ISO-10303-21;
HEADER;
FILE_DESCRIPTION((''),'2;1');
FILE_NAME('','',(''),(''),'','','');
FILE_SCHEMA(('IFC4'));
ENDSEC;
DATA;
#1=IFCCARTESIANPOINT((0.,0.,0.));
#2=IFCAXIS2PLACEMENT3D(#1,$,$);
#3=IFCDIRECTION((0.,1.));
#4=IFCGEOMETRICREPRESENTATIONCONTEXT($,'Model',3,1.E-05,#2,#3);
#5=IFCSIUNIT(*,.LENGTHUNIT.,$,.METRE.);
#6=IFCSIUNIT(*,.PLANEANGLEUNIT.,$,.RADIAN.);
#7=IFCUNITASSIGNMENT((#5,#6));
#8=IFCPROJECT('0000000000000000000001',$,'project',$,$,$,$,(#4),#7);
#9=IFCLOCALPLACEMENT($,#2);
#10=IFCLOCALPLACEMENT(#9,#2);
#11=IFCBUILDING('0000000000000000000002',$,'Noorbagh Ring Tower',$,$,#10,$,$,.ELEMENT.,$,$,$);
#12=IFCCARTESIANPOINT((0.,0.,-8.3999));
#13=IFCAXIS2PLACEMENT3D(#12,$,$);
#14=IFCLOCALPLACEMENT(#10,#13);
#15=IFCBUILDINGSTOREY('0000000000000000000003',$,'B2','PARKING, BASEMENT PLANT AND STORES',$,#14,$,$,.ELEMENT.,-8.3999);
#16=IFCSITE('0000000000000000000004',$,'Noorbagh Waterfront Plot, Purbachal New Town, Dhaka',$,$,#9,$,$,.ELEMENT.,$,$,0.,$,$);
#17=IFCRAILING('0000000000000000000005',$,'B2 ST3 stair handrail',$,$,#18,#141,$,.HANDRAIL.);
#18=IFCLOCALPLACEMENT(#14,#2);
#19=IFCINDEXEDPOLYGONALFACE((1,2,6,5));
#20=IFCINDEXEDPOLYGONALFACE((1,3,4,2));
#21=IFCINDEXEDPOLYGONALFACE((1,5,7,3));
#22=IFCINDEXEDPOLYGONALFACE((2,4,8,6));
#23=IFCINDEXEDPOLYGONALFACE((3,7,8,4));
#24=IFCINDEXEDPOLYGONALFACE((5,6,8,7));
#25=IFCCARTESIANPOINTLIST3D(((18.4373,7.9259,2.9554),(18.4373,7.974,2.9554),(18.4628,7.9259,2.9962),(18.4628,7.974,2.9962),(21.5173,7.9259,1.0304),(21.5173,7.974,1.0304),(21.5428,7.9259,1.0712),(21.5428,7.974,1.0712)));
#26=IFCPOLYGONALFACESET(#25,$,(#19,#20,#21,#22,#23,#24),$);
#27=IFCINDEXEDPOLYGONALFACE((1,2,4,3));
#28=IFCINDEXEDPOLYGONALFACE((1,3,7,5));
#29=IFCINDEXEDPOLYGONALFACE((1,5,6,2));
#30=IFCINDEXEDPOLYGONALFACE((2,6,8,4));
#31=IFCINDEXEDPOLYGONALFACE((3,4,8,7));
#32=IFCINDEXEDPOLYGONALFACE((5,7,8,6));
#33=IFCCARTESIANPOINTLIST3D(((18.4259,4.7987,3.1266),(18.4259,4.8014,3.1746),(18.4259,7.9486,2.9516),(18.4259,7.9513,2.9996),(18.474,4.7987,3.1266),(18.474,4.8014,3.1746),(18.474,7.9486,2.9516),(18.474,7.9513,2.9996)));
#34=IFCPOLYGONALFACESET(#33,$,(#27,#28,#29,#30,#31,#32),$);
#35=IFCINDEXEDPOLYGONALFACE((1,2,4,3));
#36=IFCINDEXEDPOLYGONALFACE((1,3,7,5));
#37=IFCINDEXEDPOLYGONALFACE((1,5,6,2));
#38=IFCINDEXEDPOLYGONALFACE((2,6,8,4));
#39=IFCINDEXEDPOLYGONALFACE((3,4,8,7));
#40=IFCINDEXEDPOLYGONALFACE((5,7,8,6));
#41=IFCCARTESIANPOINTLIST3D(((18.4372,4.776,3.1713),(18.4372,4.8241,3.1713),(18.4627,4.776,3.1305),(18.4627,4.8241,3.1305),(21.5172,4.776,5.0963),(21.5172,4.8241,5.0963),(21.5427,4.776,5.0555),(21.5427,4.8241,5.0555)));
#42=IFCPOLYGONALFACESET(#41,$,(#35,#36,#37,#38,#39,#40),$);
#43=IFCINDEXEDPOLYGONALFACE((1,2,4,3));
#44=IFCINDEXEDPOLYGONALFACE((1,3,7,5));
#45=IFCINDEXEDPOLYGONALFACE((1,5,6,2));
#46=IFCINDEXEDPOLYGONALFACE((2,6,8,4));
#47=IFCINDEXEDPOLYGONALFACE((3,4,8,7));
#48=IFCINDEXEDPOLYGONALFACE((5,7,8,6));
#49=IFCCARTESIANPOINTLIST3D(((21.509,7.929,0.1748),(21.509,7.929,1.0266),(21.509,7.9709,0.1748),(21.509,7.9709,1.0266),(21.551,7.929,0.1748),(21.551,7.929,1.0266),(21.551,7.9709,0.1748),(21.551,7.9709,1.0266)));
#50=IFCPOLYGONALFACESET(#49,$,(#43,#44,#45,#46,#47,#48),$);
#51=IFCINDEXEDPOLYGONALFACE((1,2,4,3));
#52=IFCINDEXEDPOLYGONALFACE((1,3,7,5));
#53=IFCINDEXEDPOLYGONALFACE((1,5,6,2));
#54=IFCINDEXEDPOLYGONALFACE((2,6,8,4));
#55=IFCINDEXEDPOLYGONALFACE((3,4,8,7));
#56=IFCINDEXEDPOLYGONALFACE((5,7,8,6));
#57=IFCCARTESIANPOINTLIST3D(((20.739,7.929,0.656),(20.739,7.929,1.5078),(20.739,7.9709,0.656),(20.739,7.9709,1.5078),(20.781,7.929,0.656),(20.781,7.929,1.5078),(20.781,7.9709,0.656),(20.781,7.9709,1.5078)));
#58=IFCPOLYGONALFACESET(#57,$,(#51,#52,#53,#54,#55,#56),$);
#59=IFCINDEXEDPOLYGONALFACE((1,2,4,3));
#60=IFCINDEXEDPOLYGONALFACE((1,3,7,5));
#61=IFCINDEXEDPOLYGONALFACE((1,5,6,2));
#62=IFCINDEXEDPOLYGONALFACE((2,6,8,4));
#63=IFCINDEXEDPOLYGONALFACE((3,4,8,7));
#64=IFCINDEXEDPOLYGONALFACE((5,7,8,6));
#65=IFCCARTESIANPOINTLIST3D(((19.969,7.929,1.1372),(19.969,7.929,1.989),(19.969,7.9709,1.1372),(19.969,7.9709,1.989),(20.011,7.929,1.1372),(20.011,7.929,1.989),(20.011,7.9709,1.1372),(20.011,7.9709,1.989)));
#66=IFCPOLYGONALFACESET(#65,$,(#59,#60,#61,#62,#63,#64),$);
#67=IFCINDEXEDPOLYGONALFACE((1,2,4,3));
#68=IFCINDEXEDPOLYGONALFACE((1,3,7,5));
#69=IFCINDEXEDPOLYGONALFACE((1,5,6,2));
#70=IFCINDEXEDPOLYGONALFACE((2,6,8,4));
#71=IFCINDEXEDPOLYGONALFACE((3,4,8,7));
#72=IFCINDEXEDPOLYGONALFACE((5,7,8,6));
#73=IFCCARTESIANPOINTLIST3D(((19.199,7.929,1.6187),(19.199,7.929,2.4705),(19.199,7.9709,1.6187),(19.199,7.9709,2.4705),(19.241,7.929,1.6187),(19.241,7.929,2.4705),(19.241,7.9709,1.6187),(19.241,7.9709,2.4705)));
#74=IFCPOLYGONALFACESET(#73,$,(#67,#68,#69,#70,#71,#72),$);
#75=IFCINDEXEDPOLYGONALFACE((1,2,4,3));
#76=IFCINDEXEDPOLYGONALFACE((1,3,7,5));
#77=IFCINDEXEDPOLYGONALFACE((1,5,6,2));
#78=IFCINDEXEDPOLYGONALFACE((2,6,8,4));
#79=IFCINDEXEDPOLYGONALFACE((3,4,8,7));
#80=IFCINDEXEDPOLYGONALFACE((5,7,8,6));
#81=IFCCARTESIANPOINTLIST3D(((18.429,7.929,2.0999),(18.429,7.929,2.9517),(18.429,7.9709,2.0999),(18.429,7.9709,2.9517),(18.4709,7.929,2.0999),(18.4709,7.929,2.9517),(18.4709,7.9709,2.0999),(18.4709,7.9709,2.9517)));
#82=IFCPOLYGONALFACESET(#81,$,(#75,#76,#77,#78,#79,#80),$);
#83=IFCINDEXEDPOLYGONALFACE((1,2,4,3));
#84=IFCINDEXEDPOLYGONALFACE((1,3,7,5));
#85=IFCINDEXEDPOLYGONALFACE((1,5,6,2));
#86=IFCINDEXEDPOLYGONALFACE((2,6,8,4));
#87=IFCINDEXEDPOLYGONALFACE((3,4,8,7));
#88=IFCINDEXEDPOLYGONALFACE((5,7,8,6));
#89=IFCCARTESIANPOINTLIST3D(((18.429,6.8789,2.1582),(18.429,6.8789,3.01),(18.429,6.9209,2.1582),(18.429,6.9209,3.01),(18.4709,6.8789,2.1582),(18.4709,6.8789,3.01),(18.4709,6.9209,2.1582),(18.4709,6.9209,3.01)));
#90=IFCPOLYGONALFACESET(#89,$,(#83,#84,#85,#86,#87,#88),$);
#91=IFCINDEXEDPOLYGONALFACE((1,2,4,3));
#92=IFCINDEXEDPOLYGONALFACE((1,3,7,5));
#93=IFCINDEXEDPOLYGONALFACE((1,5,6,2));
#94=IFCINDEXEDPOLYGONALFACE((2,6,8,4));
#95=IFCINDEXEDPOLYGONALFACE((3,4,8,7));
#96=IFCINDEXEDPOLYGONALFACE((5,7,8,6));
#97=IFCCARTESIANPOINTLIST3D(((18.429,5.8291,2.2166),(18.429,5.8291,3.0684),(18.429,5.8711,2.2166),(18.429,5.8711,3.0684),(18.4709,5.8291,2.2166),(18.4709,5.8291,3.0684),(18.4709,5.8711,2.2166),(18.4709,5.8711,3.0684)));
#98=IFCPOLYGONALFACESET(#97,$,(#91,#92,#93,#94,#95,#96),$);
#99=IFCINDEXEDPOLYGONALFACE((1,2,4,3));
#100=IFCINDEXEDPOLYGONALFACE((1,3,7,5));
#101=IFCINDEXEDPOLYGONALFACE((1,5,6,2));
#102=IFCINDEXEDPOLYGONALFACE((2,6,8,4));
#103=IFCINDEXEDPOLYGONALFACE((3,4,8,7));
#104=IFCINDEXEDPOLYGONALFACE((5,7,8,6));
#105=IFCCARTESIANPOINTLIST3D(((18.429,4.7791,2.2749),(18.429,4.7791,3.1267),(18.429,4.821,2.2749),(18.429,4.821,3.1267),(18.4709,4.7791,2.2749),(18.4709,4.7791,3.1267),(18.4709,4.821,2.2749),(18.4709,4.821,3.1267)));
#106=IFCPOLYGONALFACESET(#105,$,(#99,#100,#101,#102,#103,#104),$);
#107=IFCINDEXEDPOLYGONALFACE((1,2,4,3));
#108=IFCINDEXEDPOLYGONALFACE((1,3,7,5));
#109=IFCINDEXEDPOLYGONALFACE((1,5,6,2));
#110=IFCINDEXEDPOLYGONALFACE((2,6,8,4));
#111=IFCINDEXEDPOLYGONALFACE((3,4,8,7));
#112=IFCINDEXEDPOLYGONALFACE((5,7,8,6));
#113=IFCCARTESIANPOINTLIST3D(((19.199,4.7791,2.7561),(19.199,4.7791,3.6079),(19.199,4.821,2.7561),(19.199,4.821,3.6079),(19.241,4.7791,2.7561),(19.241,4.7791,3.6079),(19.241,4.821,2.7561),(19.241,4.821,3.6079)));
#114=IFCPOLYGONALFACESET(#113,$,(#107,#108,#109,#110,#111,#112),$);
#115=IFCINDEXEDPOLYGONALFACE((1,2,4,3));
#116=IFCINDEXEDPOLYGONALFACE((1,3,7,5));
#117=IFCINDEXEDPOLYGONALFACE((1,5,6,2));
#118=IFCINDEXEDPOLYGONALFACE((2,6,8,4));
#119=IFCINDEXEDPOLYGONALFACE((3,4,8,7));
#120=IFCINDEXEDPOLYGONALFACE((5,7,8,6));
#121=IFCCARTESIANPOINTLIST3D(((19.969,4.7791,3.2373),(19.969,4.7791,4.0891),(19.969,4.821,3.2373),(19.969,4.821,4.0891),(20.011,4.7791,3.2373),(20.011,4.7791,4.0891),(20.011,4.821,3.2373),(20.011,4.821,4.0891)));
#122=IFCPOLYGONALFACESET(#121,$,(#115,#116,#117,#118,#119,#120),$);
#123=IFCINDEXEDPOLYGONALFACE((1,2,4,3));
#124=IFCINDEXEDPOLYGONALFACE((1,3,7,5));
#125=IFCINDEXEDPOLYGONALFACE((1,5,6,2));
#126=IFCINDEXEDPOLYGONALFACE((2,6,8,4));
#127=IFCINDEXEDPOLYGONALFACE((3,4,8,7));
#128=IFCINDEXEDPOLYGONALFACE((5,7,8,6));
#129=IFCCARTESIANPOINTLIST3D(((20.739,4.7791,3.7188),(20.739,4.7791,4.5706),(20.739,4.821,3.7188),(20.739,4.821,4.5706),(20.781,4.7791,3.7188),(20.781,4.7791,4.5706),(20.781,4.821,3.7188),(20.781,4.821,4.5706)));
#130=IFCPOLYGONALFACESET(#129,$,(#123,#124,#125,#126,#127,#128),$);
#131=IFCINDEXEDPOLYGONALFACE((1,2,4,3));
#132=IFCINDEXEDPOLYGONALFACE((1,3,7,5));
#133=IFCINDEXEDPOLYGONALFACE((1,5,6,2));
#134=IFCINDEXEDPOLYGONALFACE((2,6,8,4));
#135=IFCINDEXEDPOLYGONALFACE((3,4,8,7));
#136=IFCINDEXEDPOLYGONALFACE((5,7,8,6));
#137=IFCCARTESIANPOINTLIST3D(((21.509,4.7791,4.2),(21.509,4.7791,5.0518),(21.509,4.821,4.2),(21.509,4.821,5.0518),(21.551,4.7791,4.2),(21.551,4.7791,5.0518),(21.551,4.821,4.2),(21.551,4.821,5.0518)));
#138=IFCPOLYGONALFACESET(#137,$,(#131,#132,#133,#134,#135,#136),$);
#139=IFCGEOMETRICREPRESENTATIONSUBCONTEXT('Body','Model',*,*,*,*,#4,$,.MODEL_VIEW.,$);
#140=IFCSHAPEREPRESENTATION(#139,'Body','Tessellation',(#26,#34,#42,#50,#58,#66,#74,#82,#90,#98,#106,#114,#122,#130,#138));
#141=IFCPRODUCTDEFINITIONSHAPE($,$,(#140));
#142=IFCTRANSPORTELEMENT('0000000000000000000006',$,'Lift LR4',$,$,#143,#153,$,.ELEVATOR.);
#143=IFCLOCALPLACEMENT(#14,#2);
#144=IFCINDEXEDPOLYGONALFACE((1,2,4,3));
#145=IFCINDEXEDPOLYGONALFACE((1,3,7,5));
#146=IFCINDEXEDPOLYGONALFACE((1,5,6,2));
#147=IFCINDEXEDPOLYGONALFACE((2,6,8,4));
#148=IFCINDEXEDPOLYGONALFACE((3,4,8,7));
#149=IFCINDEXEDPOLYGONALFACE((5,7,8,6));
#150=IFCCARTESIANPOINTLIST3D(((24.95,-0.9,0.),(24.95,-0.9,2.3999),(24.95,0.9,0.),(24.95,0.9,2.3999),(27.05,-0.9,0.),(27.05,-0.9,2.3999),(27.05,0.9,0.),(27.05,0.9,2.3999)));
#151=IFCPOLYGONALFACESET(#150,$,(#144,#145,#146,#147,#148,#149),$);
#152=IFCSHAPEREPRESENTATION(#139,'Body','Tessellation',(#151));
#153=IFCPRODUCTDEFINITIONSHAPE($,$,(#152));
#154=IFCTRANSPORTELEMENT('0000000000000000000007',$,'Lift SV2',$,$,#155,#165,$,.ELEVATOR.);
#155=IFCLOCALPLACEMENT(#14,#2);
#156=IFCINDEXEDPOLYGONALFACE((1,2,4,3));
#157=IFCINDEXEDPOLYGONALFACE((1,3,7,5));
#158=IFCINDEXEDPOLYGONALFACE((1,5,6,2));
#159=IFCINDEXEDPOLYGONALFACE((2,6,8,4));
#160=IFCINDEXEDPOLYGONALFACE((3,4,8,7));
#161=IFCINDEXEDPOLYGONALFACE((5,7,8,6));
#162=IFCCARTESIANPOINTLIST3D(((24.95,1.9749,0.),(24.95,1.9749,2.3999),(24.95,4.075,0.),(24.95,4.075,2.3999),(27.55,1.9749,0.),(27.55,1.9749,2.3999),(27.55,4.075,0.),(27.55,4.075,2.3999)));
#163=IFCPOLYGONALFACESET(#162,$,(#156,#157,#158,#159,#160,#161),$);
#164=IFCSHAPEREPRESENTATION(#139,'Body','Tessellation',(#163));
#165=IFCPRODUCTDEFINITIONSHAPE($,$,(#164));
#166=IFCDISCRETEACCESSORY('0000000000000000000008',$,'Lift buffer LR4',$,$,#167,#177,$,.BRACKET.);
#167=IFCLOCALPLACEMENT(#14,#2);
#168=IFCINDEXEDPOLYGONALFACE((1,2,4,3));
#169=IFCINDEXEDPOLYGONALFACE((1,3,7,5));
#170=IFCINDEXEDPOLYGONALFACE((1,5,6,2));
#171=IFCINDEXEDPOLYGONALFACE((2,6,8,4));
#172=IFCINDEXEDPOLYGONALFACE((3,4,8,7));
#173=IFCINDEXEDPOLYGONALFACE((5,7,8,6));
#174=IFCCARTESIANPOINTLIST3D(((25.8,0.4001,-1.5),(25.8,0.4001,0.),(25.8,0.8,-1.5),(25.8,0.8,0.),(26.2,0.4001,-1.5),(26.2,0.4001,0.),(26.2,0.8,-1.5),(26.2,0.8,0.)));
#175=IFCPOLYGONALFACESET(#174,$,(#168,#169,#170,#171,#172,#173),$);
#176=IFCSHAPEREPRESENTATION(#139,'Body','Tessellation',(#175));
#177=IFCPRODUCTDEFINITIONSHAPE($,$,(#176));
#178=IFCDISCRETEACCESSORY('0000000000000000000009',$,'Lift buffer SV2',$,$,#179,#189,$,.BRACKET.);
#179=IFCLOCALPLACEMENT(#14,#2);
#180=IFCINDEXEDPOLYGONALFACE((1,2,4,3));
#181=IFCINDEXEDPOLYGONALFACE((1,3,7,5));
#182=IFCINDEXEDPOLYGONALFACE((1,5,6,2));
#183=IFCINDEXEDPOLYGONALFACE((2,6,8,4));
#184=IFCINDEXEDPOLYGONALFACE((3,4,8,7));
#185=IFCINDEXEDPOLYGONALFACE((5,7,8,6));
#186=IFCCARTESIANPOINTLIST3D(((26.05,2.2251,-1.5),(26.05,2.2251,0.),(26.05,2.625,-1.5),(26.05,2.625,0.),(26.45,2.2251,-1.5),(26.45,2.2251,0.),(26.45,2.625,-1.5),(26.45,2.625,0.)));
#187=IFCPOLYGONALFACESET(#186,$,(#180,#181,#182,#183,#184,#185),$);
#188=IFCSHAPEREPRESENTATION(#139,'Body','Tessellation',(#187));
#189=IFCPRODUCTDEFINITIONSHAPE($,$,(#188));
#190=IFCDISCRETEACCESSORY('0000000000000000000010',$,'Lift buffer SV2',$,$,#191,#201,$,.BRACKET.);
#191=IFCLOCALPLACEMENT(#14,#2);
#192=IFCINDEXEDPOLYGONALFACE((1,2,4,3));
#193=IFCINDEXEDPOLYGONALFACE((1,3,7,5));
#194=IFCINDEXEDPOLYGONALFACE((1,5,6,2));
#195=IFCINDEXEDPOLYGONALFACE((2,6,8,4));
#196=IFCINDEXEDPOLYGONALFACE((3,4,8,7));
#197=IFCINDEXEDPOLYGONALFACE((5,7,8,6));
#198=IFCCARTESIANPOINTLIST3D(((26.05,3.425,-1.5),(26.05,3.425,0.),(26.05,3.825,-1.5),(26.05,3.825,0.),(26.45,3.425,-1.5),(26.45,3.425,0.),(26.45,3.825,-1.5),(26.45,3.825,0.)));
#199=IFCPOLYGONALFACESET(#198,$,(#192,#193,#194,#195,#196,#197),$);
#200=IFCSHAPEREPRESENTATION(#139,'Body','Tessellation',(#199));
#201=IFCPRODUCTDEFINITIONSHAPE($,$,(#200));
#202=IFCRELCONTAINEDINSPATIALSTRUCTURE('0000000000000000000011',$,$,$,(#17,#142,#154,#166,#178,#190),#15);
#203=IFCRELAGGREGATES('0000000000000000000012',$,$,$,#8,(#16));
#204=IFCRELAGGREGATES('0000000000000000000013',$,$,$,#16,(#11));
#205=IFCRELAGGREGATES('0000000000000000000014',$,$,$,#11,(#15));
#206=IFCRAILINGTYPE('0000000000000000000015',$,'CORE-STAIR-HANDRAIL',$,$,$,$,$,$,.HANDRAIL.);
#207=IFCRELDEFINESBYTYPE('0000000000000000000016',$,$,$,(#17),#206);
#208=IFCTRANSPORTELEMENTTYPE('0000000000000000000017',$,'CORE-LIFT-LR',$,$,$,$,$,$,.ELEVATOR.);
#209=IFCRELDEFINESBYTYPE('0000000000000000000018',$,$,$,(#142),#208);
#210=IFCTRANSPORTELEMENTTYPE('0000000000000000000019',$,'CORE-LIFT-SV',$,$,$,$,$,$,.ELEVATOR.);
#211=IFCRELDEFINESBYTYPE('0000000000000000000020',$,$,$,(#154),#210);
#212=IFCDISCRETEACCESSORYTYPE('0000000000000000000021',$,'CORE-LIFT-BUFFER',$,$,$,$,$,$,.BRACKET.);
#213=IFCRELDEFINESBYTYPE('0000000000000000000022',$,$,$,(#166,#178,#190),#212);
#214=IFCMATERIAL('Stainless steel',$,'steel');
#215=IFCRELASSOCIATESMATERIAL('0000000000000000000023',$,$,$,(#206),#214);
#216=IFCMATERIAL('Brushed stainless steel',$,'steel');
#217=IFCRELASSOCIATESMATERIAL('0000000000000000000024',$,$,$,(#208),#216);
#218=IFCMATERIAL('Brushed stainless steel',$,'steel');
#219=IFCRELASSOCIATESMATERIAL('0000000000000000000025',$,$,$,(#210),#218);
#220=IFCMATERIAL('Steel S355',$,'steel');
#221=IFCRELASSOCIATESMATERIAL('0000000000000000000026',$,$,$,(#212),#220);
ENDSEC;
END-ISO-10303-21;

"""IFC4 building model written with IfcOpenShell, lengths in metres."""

from ifc_helpers import new_model, si_unit, direction, frame, origin, origin_2d, place, context, subcontext, project, spatial, rectangle, extrude, material, type_object, element, save


model = new_model("IFC4")

# Units and contexts
model_context = context("Model", 3, precision=1e-05, world=origin(), true_north=direction((0.0, 1.0)))
body_context = subcontext(model_context, "Body", "Model", "MODEL_VIEW")
ifc_project = project(units=[si_unit("LENGTHUNIT", "METRE"), si_unit("PLANEANGLEUNIT", "RADIAN")], contexts=[model_context])

# Site, building, storey
site_placement = place(None, origin())
site = spatial("IfcSite", under=ifc_project, at=site_placement, Name="Noorbagh Waterfront Plot, Purbachal New Town, Dhaka", CompositionType="ELEMENT", RefElevation=0.0)
building_placement = place(site_placement, origin())
building = spatial("IfcBuilding", under=site, at=building_placement, Name="Noorbagh Ring Tower", CompositionType="ELEMENT")
storey_placement = place(building_placement, frame((0.0, 0.0, -8.3999)))
storey = spatial("IfcBuildingStorey", under=building, at=storey_placement, Name="B2", Description="PARKING, BASEMENT PLANT AND STORES", CompositionType="ELEMENT", Elevation=-8.3999)

# Railing
ifc_material_1 = material(Name="Stainless steel", Category="steel")
railing_type_1 = type_object("IfcRailingType", Name="CORE-STAIR-HANDRAIL", PredefinedType="HANDRAIL", material=ifc_material_1)
railing_1_placement = place(storey_placement, frame((21.53, 7.95, 0.1748)))
element("IfcRailing", 1, at=railing_1_placement, inside=storey, type_object=railing_type_1, Name="B2 ST3 stair handrail", PredefinedType="HANDRAIL", context=body_context, shape_type="SweptSolid", body=[
    extrude(rectangle(XDim=0.0481, YDim=0.0481, at=origin_2d()), frame((0.0, 0.0, 0.876), z_axis=(-0.847998, 0.0, 0.529999), x_axis=(0.0, -1.0, 0.0)), (0.0, 0.0, 1.0), 3.6321),
    extrude(rectangle(XDim=0.0481, YDim=0.0481, at=origin_2d()), frame((-3.0801, 0.0, 2.8008), z_axis=(0.0, -0.998459, 0.055487), x_axis=(1.0, 0.0, 0.0)), (0.0, 0.0, 1.0), 3.1548),
    extrude(rectangle(XDim=0.0481, YDim=0.0481, at=origin_2d()), frame((-3.0801, -3.1499, 2.9761), z_axis=(0.847998, 0.0, 0.529999), x_axis=(0.0, 1.0, 0.0)), (0.0, 0.0, 1.0), 3.6321),
    extrude(rectangle(XDim=0.042, YDim=0.042, at=origin_2d()), origin(), (0.0, 0.0, 1.0), 0.8518),
    extrude(rectangle(XDim=0.042, YDim=0.042, at=origin_2d()), frame((-0.77, 0.0, 0.4812)), (0.0, 0.0, 1.0), 0.8518),
    extrude(rectangle(XDim=0.042, YDim=0.042, at=origin_2d()), frame((-1.54, 0.0, 0.9624)), (0.0, 0.0, 1.0), 0.8518),
    extrude(rectangle(XDim=0.042, YDim=0.042, at=origin_2d()), frame((-2.3101, 0.0, 1.4438)), (0.0, 0.0, 1.0), 0.8518),
    extrude(rectangle(XDim=0.042, YDim=0.042, at=origin_2d()), frame((-3.0801, 0.0, 1.925)), (0.0, 0.0, 1.0), 0.8518),
    extrude(rectangle(XDim=0.042, YDim=0.042, at=origin_2d()), frame((-3.0801, -1.05, 1.9834)), (0.0, 0.0, 1.0), 0.8518),
    extrude(rectangle(XDim=0.042, YDim=0.042, at=origin_2d()), frame((-3.0801, -2.0999, 2.0417)), (0.0, 0.0, 1.0), 0.8518),
    extrude(rectangle(XDim=0.042, YDim=0.042, at=origin_2d()), frame((-3.0801, -3.1499, 2.1001)), (0.0, 0.0, 1.0), 0.8518),
    extrude(rectangle(XDim=0.042, YDim=0.042, at=origin_2d()), frame((-2.3101, -3.1499, 2.5813)), (0.0, 0.0, 1.0), 0.8518),
    extrude(rectangle(XDim=0.042, YDim=0.042, at=origin_2d()), frame((-1.54, -3.1499, 3.0625)), (0.0, 0.0, 1.0), 0.8518),
    extrude(rectangle(XDim=0.042, YDim=0.042, at=origin_2d()), frame((-0.77, -3.1499, 3.5439)), (0.0, 0.0, 1.0), 0.8518),
    extrude(rectangle(XDim=0.042, YDim=0.042, at=origin_2d()), frame((0.0, -3.1499, 4.0251)), (0.0, 0.0, 1.0), 0.8518),
])

# Transport elements
ifc_material_2 = material(Name="Brushed stainless steel", Category="steel")
transport_element_type_1 = type_object("IfcTransportElementType", Name="CORE-LIFT-LR", PredefinedType="ELEVATOR", material=ifc_material_2)
transport_element_1_placement = place(storey_placement, frame((26.0, 0.0, 0.0), z_axis=(0.0, 0.0, 1.0), x_axis=(1.0, 0.0, 0.0)))
element("IfcTransportElement", 2, at=transport_element_1_placement, inside=storey, type_object=transport_element_type_1, Name="Lift LR4", PredefinedType="ELEVATOR", context=body_context, shape_type="SweptSolid", body=[
    extrude(rectangle(XDim=2.1001, YDim=1.8, at=origin_2d()), origin(), (0.0, 0.0, 1.0), 2.3999),
])
ifc_material_3 = material(Name="Brushed stainless steel", Category="steel")
transport_element_type_2 = type_object("IfcTransportElementType", Name="CORE-LIFT-SV", PredefinedType="ELEVATOR", material=ifc_material_3)
transport_element_2_placement = place(storey_placement, frame((26.25, 3.0249, 0.0), z_axis=(0.0, 0.0, 1.0), x_axis=(1.0, 0.0, 0.0)))
element("IfcTransportElement", 3, at=transport_element_2_placement, inside=storey, type_object=transport_element_type_2, Name="Lift SV2", PredefinedType="ELEVATOR", context=body_context, shape_type="SweptSolid", body=[
    extrude(rectangle(XDim=2.6001, YDim=2.1001, at=origin_2d()), origin(), (0.0, 0.0, 1.0), 2.3999),
])

# Discrete accessories
ifc_material_4 = material(Name="Steel S355", Category="steel")
discrete_accessory_type = type_object("IfcDiscreteAccessoryType", Name="CORE-LIFT-BUFFER", PredefinedType="BRACKET", material=ifc_material_4)
for number, where, z_axis, x_axis, name in (
    (4, (26.0, 0.6001, -1.5), (0.0, 0.0, 1.0), (1.0, 0.0, 0.0), "Lift buffer LR4"),
    (5, (26.25, 2.425, -1.5), (0.0, 0.0, 1.0), (1.0, 0.0, 0.0), "Lift buffer SV2"),
    (6, (26.25, 3.625, -1.5), (0.0, 0.0, 1.0), (1.0, 0.0, 0.0), "Lift buffer SV2"),
):
    element("IfcDiscreteAccessory", number, at=place(storey_placement, frame(where, z_axis=z_axis, x_axis=x_axis)), inside=storey, type_object=discrete_accessory_type, Name=name, PredefinedType="BRACKET", context=body_context, shape_type="SweptSolid", body=[
        extrude(rectangle(XDim=0.3999, YDim=0.3999, at=origin_2d()), origin(), (0.0, 0.0, 1.0), 1.5),
    ])

save(model, "model.ifc")
